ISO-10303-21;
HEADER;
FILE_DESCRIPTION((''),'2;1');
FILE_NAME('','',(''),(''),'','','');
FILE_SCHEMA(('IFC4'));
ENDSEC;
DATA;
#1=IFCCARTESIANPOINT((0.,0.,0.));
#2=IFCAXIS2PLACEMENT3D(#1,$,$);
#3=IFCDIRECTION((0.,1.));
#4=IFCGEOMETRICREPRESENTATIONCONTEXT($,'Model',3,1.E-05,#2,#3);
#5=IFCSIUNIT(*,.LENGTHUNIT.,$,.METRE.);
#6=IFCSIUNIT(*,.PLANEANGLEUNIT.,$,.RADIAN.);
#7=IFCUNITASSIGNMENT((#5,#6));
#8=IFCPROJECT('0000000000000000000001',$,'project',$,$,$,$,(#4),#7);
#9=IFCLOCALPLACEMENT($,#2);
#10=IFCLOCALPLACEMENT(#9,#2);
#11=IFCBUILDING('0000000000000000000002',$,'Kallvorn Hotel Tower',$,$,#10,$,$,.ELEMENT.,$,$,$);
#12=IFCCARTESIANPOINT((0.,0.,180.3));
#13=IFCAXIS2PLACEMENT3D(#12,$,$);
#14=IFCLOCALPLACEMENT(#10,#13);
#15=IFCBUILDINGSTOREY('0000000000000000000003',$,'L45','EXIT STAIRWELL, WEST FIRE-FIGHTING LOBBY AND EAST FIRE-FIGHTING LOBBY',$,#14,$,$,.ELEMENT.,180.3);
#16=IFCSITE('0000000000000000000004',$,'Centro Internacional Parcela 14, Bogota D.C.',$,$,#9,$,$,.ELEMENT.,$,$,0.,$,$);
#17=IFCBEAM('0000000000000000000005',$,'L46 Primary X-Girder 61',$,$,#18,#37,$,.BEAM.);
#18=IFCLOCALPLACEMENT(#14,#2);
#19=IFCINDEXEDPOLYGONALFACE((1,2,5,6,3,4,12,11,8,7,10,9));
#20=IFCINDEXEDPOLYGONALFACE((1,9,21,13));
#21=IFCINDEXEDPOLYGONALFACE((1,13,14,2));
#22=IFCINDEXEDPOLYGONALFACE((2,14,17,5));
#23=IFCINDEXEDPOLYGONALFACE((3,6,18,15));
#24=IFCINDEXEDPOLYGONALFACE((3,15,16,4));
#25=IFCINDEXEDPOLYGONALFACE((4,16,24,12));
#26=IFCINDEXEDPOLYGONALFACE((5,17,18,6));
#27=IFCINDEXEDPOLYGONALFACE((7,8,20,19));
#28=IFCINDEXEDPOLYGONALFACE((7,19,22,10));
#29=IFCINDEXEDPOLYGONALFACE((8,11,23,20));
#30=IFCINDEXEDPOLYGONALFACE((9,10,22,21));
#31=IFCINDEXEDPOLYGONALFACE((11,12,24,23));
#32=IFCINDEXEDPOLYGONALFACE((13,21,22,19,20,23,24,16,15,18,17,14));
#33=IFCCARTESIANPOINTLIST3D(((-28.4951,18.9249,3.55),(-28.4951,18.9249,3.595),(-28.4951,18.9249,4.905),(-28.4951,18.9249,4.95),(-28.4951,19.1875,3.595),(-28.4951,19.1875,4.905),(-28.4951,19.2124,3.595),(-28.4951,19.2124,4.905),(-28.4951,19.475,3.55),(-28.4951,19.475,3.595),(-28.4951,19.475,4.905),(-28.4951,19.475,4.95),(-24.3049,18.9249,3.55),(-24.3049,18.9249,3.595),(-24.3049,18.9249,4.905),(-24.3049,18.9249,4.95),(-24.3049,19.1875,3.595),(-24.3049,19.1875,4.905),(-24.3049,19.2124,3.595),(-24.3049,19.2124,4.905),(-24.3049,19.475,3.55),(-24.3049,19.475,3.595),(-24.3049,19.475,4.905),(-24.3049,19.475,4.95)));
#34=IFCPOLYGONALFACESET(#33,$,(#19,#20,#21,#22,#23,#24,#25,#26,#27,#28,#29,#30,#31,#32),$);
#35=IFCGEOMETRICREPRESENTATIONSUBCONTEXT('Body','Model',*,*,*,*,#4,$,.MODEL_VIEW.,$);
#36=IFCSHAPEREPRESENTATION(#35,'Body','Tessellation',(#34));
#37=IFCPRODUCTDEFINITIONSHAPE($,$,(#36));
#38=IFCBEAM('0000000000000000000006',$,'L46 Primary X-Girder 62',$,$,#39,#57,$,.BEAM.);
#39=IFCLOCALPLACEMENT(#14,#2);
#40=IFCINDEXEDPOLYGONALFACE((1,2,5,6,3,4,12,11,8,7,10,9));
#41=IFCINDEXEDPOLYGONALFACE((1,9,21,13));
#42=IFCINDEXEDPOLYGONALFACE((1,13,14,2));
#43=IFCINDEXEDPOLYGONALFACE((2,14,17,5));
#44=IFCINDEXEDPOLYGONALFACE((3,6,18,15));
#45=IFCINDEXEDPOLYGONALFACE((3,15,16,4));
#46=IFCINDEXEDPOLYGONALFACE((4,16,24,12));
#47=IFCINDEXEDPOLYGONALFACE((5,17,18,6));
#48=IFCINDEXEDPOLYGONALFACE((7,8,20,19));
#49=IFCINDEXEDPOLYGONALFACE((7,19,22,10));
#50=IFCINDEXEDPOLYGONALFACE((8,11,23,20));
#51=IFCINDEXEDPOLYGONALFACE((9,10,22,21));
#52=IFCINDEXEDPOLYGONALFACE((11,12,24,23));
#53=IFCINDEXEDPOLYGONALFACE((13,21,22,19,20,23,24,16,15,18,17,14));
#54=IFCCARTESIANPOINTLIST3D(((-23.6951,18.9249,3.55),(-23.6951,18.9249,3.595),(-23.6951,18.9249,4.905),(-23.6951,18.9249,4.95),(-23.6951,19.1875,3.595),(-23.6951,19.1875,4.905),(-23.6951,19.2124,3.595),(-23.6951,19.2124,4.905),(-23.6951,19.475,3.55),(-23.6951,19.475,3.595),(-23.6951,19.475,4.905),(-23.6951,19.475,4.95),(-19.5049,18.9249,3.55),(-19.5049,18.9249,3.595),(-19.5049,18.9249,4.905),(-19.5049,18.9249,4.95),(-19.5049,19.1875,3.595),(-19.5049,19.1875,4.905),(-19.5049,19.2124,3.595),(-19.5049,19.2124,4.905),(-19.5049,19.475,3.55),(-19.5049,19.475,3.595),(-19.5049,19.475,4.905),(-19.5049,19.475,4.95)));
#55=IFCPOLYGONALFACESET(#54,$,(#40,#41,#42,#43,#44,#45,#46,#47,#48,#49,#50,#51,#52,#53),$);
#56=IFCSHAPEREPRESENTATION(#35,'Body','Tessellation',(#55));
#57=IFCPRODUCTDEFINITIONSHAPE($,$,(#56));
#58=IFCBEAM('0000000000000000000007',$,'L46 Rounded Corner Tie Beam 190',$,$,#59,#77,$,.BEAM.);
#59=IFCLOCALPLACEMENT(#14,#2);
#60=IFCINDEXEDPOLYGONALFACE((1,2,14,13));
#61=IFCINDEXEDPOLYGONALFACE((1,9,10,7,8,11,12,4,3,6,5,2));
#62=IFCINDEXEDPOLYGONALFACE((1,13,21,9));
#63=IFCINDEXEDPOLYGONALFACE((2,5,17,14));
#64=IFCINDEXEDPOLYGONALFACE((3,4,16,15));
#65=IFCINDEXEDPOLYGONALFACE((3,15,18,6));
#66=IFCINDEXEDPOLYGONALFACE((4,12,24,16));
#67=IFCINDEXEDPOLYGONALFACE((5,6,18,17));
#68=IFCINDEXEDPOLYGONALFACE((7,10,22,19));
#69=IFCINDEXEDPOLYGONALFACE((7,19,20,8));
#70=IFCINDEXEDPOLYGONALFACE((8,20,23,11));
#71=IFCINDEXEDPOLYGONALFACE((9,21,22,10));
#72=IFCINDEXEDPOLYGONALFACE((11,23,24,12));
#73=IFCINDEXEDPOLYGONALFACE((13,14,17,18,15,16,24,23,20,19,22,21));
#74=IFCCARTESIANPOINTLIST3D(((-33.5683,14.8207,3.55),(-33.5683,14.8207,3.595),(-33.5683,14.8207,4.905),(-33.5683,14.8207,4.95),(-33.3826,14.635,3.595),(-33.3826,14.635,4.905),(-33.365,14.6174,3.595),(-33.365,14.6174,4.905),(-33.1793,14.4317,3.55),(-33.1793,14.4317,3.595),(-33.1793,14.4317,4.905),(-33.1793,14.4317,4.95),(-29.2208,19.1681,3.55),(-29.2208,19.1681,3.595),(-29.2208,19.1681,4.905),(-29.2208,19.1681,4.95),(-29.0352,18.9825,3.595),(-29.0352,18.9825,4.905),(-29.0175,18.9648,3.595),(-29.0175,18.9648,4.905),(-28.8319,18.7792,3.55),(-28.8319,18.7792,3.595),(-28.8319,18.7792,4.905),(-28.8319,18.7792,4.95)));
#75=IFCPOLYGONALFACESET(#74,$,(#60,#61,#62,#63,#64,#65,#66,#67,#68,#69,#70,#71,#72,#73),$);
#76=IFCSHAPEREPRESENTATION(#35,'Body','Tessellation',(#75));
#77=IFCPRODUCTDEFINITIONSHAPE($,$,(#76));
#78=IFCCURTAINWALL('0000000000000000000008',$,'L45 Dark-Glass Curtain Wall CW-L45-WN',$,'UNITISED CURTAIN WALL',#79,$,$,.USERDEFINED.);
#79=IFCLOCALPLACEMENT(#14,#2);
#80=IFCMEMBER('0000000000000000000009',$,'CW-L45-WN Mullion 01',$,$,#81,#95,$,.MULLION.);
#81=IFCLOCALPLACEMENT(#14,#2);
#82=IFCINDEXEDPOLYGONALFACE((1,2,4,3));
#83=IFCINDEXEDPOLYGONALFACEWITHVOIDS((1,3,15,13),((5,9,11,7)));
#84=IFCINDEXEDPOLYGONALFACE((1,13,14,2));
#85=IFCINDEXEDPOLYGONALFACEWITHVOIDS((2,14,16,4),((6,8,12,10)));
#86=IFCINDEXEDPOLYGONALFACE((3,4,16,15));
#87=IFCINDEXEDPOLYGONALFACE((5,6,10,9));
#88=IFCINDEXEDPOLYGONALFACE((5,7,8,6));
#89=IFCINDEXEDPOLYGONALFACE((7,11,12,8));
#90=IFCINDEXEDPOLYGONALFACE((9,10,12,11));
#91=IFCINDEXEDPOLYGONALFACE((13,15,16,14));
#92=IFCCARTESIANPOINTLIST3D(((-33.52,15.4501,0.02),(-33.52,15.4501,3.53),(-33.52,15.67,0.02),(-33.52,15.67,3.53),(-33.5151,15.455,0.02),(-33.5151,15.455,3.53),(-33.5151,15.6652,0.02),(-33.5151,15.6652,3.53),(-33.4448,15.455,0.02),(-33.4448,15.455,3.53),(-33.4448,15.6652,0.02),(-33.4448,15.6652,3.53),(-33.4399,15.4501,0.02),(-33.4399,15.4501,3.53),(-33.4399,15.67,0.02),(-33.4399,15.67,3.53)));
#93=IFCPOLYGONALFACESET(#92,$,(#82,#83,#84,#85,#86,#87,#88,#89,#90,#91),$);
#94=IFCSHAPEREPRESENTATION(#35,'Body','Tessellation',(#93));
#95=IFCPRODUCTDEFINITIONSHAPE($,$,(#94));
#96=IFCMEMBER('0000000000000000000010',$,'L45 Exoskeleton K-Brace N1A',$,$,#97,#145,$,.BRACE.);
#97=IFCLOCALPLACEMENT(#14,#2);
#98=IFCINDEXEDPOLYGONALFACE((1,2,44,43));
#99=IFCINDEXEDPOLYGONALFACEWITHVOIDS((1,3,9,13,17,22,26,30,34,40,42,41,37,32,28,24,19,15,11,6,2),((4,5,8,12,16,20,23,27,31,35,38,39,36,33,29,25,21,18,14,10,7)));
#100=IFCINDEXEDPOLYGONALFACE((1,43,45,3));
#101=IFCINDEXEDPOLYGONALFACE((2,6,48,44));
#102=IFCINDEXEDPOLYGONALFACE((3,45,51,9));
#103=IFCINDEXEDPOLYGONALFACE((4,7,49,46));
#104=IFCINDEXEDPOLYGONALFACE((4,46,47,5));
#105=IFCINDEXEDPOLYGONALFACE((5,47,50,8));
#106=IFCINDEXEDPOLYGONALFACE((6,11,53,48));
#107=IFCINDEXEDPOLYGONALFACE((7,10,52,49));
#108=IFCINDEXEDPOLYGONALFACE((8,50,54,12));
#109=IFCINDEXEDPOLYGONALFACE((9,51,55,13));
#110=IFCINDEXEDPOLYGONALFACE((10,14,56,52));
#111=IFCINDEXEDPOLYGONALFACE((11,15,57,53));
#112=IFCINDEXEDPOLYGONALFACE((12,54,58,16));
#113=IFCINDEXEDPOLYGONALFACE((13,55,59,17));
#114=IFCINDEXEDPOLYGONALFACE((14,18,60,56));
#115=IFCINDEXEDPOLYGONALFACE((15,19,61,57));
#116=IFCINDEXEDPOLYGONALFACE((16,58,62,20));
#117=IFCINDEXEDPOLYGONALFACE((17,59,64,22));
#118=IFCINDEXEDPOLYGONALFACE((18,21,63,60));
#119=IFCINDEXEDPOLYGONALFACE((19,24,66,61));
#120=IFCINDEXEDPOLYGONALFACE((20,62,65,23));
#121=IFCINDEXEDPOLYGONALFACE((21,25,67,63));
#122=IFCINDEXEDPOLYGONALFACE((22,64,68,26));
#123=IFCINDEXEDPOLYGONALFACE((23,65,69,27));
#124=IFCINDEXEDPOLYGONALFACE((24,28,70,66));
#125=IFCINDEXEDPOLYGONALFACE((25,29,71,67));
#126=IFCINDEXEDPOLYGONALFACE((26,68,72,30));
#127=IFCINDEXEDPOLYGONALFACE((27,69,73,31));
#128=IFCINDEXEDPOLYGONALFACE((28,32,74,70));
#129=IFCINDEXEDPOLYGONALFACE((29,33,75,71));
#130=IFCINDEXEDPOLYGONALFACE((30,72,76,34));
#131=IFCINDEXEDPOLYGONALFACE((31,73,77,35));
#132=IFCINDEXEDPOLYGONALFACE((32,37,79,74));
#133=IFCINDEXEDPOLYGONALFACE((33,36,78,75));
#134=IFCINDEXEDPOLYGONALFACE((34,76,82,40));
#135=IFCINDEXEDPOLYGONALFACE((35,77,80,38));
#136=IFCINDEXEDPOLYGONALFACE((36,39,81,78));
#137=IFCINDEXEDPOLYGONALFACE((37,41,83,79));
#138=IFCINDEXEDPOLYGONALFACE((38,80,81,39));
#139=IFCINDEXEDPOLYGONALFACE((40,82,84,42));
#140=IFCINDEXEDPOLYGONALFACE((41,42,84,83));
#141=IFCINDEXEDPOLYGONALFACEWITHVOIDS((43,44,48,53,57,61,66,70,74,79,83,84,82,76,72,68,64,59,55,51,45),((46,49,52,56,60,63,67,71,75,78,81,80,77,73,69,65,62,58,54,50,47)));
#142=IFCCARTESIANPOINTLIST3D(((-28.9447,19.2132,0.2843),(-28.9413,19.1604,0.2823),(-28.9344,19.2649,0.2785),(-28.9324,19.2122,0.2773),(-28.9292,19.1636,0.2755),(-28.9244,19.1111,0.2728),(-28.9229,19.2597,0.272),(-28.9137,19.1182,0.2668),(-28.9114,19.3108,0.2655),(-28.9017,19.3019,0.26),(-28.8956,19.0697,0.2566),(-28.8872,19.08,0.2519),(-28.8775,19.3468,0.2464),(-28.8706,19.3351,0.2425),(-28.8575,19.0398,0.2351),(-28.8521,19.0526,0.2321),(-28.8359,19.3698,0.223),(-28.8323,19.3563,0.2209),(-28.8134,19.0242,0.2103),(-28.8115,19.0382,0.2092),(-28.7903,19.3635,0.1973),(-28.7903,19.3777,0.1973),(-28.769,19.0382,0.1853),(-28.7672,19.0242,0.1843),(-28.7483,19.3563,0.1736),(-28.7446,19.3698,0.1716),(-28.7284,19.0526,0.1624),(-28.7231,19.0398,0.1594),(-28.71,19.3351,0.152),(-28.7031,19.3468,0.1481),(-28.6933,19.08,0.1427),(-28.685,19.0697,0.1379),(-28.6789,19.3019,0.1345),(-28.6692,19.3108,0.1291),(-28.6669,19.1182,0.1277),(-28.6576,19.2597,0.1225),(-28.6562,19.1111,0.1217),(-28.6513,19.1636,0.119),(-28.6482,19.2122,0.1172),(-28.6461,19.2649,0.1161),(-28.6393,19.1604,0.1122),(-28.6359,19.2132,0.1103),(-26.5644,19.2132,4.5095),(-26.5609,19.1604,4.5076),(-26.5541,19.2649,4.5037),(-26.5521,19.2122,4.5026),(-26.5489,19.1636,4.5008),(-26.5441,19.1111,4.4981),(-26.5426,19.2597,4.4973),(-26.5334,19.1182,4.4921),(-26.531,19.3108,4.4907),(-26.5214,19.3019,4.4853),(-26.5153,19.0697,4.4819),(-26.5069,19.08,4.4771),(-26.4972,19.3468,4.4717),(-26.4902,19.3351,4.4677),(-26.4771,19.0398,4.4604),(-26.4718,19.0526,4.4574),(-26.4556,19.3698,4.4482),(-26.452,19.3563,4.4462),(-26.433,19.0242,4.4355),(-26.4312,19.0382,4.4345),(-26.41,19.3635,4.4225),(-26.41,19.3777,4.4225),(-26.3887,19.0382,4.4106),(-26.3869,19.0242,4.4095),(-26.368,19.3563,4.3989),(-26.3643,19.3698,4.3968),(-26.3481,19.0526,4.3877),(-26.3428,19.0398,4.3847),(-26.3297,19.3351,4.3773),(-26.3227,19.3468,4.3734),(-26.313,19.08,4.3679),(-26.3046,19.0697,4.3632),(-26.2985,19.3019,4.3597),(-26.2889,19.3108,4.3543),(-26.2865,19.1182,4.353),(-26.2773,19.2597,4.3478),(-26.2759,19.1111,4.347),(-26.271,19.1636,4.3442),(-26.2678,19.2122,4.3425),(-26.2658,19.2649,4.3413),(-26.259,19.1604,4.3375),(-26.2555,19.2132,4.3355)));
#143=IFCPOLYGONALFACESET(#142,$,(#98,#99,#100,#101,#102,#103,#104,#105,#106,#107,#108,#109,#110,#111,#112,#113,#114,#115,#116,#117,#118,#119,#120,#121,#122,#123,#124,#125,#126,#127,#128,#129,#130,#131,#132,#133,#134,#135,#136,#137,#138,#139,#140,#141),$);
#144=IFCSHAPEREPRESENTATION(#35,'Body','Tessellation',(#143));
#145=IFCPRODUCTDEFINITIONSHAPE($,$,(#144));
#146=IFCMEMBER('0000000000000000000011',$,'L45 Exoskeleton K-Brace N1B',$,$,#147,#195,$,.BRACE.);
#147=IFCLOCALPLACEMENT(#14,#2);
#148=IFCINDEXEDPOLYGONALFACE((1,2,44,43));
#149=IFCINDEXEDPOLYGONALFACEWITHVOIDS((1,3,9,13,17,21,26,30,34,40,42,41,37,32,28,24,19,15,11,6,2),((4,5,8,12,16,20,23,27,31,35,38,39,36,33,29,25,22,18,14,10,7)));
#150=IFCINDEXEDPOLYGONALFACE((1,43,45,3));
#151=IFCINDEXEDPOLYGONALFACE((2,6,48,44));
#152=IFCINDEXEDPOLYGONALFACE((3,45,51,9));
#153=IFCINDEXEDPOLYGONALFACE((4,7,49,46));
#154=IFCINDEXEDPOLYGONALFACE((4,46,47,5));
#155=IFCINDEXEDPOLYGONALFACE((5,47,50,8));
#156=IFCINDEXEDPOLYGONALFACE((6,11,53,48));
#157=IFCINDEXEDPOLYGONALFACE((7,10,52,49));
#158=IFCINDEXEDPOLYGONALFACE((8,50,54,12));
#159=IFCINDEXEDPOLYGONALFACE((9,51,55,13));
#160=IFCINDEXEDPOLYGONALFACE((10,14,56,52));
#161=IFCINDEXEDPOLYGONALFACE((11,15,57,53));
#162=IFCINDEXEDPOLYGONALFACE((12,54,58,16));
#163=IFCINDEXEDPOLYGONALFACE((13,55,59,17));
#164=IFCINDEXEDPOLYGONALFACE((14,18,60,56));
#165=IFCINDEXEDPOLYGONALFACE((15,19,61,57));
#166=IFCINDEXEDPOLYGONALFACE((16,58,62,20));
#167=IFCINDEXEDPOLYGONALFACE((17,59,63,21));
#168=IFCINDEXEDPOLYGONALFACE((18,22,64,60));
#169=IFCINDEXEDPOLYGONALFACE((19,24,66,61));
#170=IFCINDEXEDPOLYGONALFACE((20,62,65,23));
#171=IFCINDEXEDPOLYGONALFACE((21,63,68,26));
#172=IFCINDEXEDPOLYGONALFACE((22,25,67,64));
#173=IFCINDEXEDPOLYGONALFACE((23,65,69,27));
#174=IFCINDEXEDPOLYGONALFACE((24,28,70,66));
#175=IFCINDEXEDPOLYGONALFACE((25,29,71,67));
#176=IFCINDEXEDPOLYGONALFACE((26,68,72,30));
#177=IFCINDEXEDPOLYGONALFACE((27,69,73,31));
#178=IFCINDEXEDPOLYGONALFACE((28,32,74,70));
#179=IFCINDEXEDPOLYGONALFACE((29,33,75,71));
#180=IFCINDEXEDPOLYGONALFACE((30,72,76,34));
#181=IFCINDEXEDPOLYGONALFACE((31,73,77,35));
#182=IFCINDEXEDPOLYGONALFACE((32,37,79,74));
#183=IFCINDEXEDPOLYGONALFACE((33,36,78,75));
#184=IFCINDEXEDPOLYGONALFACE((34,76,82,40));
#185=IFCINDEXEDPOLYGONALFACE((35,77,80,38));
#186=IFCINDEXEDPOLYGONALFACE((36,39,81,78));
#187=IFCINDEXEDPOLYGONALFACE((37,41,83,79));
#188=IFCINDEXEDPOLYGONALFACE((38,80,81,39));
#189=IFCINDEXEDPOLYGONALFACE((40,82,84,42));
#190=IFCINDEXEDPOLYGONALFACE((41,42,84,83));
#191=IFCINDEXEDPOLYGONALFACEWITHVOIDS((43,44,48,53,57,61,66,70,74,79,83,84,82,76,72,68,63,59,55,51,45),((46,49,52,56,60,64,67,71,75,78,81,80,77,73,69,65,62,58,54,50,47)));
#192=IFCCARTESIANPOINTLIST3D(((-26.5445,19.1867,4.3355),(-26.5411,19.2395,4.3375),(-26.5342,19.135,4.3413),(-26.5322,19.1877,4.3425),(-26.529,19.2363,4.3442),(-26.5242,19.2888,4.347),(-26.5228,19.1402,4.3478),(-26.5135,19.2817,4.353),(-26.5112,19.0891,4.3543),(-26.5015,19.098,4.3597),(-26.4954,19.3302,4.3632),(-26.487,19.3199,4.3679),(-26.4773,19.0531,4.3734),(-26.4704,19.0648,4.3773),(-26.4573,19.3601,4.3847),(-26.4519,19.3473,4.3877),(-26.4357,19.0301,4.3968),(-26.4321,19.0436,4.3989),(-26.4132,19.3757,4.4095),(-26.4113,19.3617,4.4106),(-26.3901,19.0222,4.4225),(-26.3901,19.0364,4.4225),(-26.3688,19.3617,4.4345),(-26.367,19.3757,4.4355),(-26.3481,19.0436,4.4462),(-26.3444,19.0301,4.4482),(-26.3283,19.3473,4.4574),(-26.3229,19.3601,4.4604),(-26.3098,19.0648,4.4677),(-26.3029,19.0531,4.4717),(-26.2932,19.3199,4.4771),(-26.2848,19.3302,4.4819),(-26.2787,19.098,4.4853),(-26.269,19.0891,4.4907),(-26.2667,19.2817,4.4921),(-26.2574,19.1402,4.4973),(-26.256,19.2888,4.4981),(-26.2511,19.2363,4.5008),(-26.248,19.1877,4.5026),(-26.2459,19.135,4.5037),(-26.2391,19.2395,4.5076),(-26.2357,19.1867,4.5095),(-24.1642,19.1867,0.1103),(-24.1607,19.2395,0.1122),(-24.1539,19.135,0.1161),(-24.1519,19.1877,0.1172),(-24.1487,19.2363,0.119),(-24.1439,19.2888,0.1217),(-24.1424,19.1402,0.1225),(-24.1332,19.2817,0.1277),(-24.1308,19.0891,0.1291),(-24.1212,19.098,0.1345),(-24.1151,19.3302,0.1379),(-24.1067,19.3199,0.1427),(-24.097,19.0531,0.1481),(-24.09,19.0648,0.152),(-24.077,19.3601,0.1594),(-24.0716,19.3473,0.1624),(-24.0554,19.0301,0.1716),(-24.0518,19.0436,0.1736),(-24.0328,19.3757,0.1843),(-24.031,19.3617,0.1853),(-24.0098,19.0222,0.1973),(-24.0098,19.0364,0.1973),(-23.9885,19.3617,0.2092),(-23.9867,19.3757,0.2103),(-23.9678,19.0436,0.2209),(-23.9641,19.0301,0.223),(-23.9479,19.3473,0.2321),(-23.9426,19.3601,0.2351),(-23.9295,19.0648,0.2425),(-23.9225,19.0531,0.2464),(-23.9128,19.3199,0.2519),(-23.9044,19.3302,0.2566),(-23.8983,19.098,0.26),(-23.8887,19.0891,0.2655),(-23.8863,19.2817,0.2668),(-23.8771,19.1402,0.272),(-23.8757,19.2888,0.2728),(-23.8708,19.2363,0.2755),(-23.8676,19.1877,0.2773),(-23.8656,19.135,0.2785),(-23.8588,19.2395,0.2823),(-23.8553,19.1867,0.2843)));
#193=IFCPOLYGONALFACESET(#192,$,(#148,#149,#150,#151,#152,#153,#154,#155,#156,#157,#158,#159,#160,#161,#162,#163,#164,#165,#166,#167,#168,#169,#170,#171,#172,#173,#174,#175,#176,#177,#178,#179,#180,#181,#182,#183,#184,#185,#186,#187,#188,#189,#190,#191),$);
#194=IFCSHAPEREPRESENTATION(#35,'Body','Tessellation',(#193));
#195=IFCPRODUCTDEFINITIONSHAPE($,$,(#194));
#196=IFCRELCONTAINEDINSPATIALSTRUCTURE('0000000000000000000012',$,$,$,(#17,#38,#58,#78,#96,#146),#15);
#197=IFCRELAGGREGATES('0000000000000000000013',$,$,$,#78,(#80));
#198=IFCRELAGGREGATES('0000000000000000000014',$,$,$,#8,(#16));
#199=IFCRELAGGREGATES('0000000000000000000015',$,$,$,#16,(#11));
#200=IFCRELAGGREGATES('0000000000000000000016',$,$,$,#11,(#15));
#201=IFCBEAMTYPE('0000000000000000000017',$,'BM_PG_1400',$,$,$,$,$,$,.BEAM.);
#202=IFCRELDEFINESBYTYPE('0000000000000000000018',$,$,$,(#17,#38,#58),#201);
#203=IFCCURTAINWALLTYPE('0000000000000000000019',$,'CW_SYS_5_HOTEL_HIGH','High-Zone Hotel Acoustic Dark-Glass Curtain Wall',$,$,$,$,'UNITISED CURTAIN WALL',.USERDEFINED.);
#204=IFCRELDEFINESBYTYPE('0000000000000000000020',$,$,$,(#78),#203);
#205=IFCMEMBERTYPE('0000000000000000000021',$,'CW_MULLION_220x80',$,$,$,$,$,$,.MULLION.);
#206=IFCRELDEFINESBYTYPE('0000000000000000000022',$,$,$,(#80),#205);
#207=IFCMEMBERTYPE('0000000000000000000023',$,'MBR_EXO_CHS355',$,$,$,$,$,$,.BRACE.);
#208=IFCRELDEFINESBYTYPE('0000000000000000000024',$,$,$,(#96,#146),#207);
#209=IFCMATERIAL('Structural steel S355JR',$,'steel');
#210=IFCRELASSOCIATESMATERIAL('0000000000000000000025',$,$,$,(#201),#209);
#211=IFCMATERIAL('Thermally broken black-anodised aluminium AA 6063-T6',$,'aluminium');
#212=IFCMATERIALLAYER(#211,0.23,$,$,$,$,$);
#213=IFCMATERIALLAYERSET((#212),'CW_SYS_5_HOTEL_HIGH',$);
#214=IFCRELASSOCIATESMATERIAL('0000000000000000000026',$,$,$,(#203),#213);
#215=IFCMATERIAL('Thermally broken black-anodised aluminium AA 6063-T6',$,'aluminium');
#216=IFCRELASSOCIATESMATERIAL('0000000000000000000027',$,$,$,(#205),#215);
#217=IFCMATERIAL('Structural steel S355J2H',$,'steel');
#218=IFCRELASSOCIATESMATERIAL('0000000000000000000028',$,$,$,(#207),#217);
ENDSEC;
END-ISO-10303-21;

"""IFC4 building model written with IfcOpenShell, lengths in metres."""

from ifc_helpers import new_model, si_unit, direction, frame, origin, origin_2d, place, context, subcontext, project, spatial, hollow_rectangle, hollow_circle, i_section, extrude, material, layer, layer_set, material_profile, profile_set, type_object, element, aggregate, save


model = new_model("IFC4")

# Units and contexts
model_context = context("Model", 3, precision=1e-05, world=origin(), true_north=direction((0.0, 1.0)))
body_context = subcontext(model_context, "Body", "Model", "MODEL_VIEW")
ifc_project = project(units=[si_unit("LENGTHUNIT", "METRE"), si_unit("PLANEANGLEUNIT", "RADIAN")], contexts=[model_context])

# Site, building, storey
site_placement = place(None, origin())
site = spatial("IfcSite", under=ifc_project, at=site_placement, Name="Centro Internacional Parcela 14, Bogota D.C.", CompositionType="ELEMENT", RefElevation=0.0)
building_placement = place(site_placement, origin())
building = spatial("IfcBuilding", under=site, at=building_placement, Name="Kallvorn Hotel Tower", CompositionType="ELEMENT")
storey_placement = place(building_placement, frame((0.0, 0.0, 180.3)))
storey = spatial("IfcBuildingStorey", under=building, at=storey_placement, Name="L45", Description="EXIT STAIRWELL, WEST FIRE-FIGHTING LOBBY AND EAST FIRE-FIGHTING LOBBY", CompositionType="ELEMENT", Elevation=180.3)

# Beams
ifc_material_1 = material(Name="Structural steel S355JR", Category="steel")
ifc_material_profile_1 = material_profile(ifc_material_1, i_section(OverallWidth=0.55, OverallDepth=1.3999, WebThickness=0.0249, FlangeThickness=0.0449, at=origin_2d()), Name="PG 1400x550x25x45")
ifc_profile_set_1 = profile_set([ifc_material_profile_1], Name="Structural steel S355JR")
beam_type_1 = type_object("IfcBeamType", Name="BM_PG_1400", PredefinedType="BEAM", material=ifc_profile_set_1)
for number, where, z_axis, x_axis, name in (
    (1, (-28.4951, 19.2, 4.25), (1.0, 0.0, 0.0), (0.0, 1.0, 0.0), "L46 Primary X-Girder 61"),
    (2, (-23.6951, 19.2, 4.25), (1.0, 0.0, 0.0), (0.0, 1.0, 0.0), "L46 Primary X-Girder 62"),
):
    element("IfcBeam", number, at=place(storey_placement, frame(where, z_axis=z_axis, x_axis=x_axis)), inside=storey, type_object=beam_type_1, Name=name, PredefinedType="BEAM", context=body_context, shape_type="SweptSolid", body=[
        extrude(i_section(OverallWidth=0.55, OverallDepth=1.3999, WebThickness=0.0249, FlangeThickness=0.0449, at=origin_2d()), origin(), (0.0, 0.0, 1.0), 4.1902),
    ])
beam_1_placement = place(storey_placement, frame((-33.3738, 14.6262, 4.25), z_axis=(0.707107, 0.707107, 0.0), x_axis=(-0.707107, 0.707107, 0.0)))
element("IfcBeam", 3, at=beam_1_placement, inside=storey, type_object=beam_type_1, Name="L46 Rounded Corner Tie Beam 190", PredefinedType="BEAM", context=body_context, shape_type="SweptSolid", body=[
    extrude(i_section(OverallWidth=0.55, OverallDepth=1.3999, WebThickness=0.0249, FlangeThickness=0.0449, at=origin_2d()), origin(), (0.0, 0.0, 1.0), 6.1482),
])

# Curtain wall, member
ifc_material_2 = material(Name="Thermally broken black-anodised aluminium AA 6063-T6", Category="aluminium")
ifc_layer_1 = layer(ifc_material_2, 0.23)
ifc_layer_set_1 = layer_set([ifc_layer_1], Name="CW_SYS_5_HOTEL_HIGH")
curtain_wall_type = type_object("IfcCurtainWallType", Name="CW_SYS_5_HOTEL_HIGH", Description="High-Zone Hotel Acoustic Dark-Glass Curtain Wall", ElementType="UNITISED CURTAIN WALL", PredefinedType="USERDEFINED", material=ifc_layer_set_1)
curtain_wall_placement = place(storey_placement, origin())
curtain_wall = element("IfcCurtainWall", 4, at=curtain_wall_placement, inside=storey, type_object=curtain_wall_type, Name="L45 Dark-Glass Curtain Wall CW-L45-WN", ObjectType="UNITISED CURTAIN WALL", PredefinedType="USERDEFINED")
ifc_material_3 = material(Name="Thermally broken black-anodised aluminium AA 6063-T6", Category="aluminium")
ifc_material_profile_2 = material_profile(ifc_material_3, hollow_rectangle(XDim=0.0801, YDim=0.22, WallThickness=0.0049, at=origin_2d()), Name="MUL 220x80")
ifc_profile_set_2 = profile_set([ifc_material_profile_2], Name="Thermally broken black-anodised aluminium AA 6063-T6")
member_type_1 = type_object("IfcMemberType", Name="CW_MULLION_220x80", PredefinedType="MULLION", material=ifc_profile_set_2)
member_placement = place(storey_placement, frame((-33.48, 15.5601, 0.02), z_axis=(0.0, 0.0, 1.0), x_axis=(1.0, 0.0, 0.0)))
member = element("IfcMember", 5, at=member_placement, type_object=member_type_1, Name="CW-L45-WN Mullion 01", PredefinedType="MULLION", context=body_context, shape_type="SweptSolid", body=[
    extrude(hollow_rectangle(XDim=0.0801, YDim=0.22, WallThickness=0.0049, at=origin_2d()), origin(), (0.0, 0.0, 1.0), 3.51),
])
aggregate(curtain_wall, [member])

# Members
ifc_material_4 = material(Name="Structural steel S355J2H", Category="steel")
ifc_material_profile_3 = material_profile(ifc_material_4, hollow_circle(Radius=0.1777, WallThickness=0.0142, at=origin_2d()), Name="CHS 355.6x14.2")
ifc_profile_set_3 = profile_set([ifc_material_profile_3], Name="Structural steel S355J2H")
member_type_2 = type_object("IfcMemberType", Name="MBR_EXO_CHS355", PredefinedType="BRACE", material=ifc_profile_set_3)
for number, where, z_axis, x_axis, name in (
    (6, (-28.7903, 19.2, 0.1973), (0.490828, 0.0, 0.871257), (0.0, 1.0, 0.0), "L45 Exoskeleton K-Brace N1A"),
    (7, (-24.0098, 19.2, 0.1973), (-0.490828, 0.0, 0.871257), (0.0, -1.0, 0.0), "L45 Exoskeleton K-Brace N1B"),
):
    element("IfcMember", number, at=place(storey_placement, frame(where, z_axis=z_axis, x_axis=x_axis)), inside=storey, type_object=member_type_2, Name=name, PredefinedType="BRACE", context=body_context, shape_type="SweptSolid", body=[
        extrude(hollow_circle(Radius=0.1777, WallThickness=0.0142, at=origin_2d()), origin(), (0.0, 0.0, 1.0), 4.8496),
    ])

save(model, "model.ifc")
